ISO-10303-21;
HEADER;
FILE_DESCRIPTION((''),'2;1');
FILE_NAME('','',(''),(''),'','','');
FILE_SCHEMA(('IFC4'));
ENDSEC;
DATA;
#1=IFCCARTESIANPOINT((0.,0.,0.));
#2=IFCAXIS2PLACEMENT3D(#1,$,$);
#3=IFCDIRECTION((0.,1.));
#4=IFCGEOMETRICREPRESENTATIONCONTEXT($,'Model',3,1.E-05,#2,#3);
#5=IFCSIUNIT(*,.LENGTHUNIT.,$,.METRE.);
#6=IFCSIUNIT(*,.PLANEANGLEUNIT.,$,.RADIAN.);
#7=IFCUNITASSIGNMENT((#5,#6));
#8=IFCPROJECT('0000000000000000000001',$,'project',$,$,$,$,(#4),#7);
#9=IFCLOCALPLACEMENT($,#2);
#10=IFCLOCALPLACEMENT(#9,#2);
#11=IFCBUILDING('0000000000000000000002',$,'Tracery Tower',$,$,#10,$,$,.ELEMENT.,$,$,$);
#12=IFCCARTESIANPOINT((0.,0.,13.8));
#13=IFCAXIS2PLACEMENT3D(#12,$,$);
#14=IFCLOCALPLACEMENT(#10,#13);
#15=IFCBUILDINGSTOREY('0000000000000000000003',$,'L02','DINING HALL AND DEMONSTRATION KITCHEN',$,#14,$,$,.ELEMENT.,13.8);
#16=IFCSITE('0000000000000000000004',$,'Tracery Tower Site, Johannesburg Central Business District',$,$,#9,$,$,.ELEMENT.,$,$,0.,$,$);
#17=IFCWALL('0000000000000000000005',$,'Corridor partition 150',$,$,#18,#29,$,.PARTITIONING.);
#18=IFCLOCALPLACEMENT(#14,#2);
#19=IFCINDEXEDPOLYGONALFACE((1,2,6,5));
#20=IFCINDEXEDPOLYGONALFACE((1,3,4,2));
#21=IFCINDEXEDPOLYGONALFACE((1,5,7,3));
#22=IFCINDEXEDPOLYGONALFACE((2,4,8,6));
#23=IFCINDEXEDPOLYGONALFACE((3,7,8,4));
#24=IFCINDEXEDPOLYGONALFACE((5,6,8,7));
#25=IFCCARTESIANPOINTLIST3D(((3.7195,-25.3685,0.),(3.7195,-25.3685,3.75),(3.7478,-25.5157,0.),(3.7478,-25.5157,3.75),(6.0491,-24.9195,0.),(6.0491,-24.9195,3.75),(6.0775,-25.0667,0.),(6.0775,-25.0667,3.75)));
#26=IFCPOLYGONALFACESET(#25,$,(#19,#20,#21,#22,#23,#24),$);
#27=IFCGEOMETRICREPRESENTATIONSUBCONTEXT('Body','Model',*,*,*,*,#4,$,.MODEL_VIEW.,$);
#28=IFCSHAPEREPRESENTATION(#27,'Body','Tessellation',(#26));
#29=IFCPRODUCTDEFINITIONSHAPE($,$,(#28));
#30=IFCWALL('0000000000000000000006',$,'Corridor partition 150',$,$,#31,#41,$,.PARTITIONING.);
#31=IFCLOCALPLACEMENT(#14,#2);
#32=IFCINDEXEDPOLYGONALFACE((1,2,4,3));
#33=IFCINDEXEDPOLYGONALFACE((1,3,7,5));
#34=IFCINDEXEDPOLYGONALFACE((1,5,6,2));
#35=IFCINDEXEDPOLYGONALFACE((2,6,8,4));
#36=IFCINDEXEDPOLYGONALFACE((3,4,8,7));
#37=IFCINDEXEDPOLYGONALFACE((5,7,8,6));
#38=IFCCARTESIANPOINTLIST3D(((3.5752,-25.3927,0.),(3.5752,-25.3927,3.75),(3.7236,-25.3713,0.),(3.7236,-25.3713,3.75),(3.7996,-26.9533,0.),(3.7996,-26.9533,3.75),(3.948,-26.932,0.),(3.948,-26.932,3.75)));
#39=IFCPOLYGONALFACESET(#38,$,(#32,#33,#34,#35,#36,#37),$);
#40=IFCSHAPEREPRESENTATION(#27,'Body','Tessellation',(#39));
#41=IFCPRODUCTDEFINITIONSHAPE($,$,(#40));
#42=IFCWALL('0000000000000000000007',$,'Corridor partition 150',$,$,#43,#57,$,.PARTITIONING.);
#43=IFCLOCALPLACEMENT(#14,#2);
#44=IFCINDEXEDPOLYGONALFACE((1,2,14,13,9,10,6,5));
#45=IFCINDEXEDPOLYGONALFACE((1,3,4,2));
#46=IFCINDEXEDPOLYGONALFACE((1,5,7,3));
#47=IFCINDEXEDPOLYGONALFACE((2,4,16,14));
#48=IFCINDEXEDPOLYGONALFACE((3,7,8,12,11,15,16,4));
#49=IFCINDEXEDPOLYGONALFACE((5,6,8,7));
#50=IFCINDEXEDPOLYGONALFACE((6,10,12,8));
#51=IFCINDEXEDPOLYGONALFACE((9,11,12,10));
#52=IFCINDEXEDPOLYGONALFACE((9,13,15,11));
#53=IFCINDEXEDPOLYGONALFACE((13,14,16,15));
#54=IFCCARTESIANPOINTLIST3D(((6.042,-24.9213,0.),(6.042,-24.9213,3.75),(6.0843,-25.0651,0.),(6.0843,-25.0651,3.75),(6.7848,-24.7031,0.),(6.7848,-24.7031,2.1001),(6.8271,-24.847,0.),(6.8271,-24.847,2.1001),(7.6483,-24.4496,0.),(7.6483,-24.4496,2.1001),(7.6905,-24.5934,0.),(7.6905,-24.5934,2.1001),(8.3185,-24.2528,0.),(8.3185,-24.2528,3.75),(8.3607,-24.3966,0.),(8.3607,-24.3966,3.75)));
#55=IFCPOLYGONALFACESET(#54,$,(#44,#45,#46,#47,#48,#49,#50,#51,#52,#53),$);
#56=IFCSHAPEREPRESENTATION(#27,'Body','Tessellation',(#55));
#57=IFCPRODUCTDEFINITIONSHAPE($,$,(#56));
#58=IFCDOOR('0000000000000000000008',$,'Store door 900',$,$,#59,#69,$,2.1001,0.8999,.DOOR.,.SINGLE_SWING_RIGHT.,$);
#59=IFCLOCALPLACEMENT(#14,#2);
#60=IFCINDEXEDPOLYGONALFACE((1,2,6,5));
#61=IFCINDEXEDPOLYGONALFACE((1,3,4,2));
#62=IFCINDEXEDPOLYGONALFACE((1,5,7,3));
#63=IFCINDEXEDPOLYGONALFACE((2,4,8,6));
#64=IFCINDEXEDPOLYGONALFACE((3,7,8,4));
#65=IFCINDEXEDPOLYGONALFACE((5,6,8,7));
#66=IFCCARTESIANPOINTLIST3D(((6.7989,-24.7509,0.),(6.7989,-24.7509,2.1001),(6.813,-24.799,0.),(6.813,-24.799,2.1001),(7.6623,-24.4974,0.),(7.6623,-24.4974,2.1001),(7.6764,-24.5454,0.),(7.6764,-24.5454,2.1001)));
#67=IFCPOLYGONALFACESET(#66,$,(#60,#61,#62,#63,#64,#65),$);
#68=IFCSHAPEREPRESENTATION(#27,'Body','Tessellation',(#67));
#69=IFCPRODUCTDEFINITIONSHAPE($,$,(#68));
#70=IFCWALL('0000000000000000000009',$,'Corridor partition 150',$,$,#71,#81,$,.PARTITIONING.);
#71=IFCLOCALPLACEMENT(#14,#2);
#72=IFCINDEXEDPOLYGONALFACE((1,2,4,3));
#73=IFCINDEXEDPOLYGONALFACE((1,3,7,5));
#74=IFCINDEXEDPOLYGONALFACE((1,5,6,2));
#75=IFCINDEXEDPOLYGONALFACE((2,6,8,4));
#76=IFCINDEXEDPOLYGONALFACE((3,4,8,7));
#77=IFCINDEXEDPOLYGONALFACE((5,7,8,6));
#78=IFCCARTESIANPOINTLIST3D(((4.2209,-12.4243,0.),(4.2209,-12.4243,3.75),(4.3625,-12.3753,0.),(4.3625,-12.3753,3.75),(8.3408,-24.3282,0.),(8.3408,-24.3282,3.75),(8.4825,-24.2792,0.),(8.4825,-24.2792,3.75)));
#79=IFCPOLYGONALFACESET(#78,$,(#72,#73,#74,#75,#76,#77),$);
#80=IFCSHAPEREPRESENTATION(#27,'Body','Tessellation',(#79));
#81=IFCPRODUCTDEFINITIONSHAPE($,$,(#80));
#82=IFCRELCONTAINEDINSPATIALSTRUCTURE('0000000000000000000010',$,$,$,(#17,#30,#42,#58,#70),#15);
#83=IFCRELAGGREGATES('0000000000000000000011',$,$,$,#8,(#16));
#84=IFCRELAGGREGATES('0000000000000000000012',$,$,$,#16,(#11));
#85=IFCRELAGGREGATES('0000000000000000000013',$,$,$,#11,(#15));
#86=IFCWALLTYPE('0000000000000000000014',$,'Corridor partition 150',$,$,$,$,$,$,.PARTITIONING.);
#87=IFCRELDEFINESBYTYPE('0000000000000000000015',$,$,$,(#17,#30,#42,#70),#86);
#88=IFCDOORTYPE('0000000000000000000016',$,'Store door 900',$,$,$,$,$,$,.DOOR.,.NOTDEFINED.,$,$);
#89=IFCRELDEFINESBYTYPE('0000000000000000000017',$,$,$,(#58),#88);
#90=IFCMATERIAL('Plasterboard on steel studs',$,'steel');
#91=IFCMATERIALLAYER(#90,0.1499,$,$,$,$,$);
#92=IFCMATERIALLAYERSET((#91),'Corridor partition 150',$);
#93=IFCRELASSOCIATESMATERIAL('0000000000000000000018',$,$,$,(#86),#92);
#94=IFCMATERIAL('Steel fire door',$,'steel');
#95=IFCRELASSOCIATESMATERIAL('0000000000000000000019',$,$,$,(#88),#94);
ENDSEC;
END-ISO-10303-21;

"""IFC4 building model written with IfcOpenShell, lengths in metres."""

from ifc_helpers import new_model, si_unit, direction, frame, frame_2d, origin, place, context, subcontext, project, spatial, rectangle, extrude, material, layer, layer_set, type_object, element, fill, save


model = new_model("IFC4")

# Units and contexts
model_context = context("Model", 3, precision=1e-05, world=origin(), true_north=direction((0.0, 1.0)))
body_context = subcontext(model_context, "Body", "Model", "MODEL_VIEW")
ifc_project = project(units=[si_unit("LENGTHUNIT", "METRE"), si_unit("PLANEANGLEUNIT", "RADIAN")], contexts=[model_context])

# Site, building, storey
site_placement = place(None, origin())
site = spatial("IfcSite", under=ifc_project, at=site_placement, Name="Tracery Tower Site, Johannesburg Central Business District", CompositionType="ELEMENT", RefElevation=0.0)
building_placement = place(site_placement, origin())
building = spatial("IfcBuilding", under=site, at=building_placement, Name="Tracery Tower", CompositionType="ELEMENT")
storey_placement = place(building_placement, frame((0.0, 0.0, 13.8)))
storey = spatial("IfcBuildingStorey", under=building, at=storey_placement, Name="L02", Description="DINING HALL AND DEMONSTRATION KITCHEN", CompositionType="ELEMENT", Elevation=13.8)

# Shared definitions
ifc_material_1 = material(Name="Plasterboard on steel studs", Category="steel")
ifc_layer_1 = layer(ifc_material_1, 0.1499)
ifc_layer_set_1 = layer_set([ifc_layer_1], Name="Corridor partition 150")
wall_type_1 = type_object("IfcWallType", Name="Corridor partition 150", PredefinedType="PARTITIONING", material=ifc_layer_set_1)

# Walls
wall_1_placement = place(storey_placement, frame((3.7336, -25.4421, 0.0), z_axis=(0.0, 0.0, 1.0), x_axis=(0.98193, 0.189244, 0.0)))
element("IfcWall", 1, at=wall_1_placement, inside=storey, type_object=wall_type_1, Name="Corridor partition 150", PredefinedType="PARTITIONING", context=body_context, shape_type="SweptSolid", body=[
    extrude(rectangle(XDim=2.3726, YDim=0.1499, at=frame_2d((1.1863, 0.0))), origin(), (0.0, 0.0, 1.0), 3.75),
])
wall_2_placement = place(storey_placement, frame((3.8738, -26.9426, 0.0), z_axis=(0.0, 0.0, 1.0), x_axis=(-0.14231, 0.989822, 0.0)))
element("IfcWall", 2, at=wall_2_placement, inside=storey, type_object=wall_type_1, Name="Corridor partition 150", PredefinedType="PARTITIONING", context=body_context, shape_type="SweptSolid", body=[
    extrude(rectangle(XDim=1.5767, YDim=0.1499, at=frame_2d((0.7883, 0.0))), origin(), (0.0, 0.0, 1.0), 3.75),
])

# Wall, opening, door
wall_3_placement = place(storey_placement, frame((8.3396, -24.3247, 0.0), z_axis=(0.0, 0.0, 1.0), x_axis=(-0.959487, -0.281754, 0.0)))
wall_3 = element("IfcWall", 3, at=wall_3_placement, inside=storey, type_object=wall_type_1, Name="Corridor partition 150", PredefinedType="PARTITIONING", context=body_context, shape_type="SweptSolid", body=[
    extrude(rectangle(XDim=2.3726, YDim=0.1499, at=frame_2d((1.1863, 0.0))), origin(), (0.0, 0.0, 1.0), 3.75),
])
opening_1_placement = place(wall_3_placement, frame((0.6985, 0.0, 0.0)))
opening_1 = element("IfcOpeningElement", 4, at=opening_1_placement, cuts=wall_3, PredefinedType="OPENING", context=body_context, shape_type="SweptSolid", body=[
    extrude(rectangle(XDim=0.8999, YDim=2.1001, at=frame_2d((0.45, 1.05))), frame((0.0, 0.075, 0.0), z_axis=(0.0, -1.0, 0.0), x_axis=(1.0, 0.0, 0.0)), (0.0, 0.0, 1.0), 0.1499),
])
ifc_material_2 = material(Name="Steel fire door", Category="steel")
door_type_1 = type_object("IfcDoorType", Name="Store door 900", OperationType="NOTDEFINED", PredefinedType="DOOR", material=ifc_material_2)
door_1_placement = place(opening_1_placement, origin())
door_1 = element("IfcDoor", 5, at=door_1_placement, inside=storey, type_object=door_type_1, Name="Store door 900", OperationType="SINGLE_SWING_RIGHT", OverallHeight=2.1001, OverallWidth=0.8999, PredefinedType="DOOR", context=body_context, shape_type="SweptSolid", body=[
    extrude(rectangle(XDim=0.8999, YDim=2.1001, at=frame_2d((0.45, 1.05))), frame((0.0, 0.0249, 0.0), z_axis=(0.0, -1.0, 0.0), x_axis=(1.0, 0.0, 0.0)), (0.0, 0.0, 1.0), 0.05),
])
fill(opening_1, door_1)

# Wall
wall_4_placement = place(storey_placement, frame((8.4116, -24.3037, 0.0), z_axis=(0.0, 0.0, 1.0), x_axis=(-0.327063, 0.945003, 0.0)))
element("IfcWall", 6, at=wall_4_placement, inside=storey, type_object=wall_type_1, Name="Corridor partition 150", PredefinedType="PARTITIONING", context=body_context, shape_type="SweptSolid", body=[
    extrude(rectangle(XDim=12.5967, YDim=0.1499, at=frame_2d((6.2983, 0.0))), origin(), (0.0, 0.0, 1.0), 3.75),
])

save(model, "model.ifc")
